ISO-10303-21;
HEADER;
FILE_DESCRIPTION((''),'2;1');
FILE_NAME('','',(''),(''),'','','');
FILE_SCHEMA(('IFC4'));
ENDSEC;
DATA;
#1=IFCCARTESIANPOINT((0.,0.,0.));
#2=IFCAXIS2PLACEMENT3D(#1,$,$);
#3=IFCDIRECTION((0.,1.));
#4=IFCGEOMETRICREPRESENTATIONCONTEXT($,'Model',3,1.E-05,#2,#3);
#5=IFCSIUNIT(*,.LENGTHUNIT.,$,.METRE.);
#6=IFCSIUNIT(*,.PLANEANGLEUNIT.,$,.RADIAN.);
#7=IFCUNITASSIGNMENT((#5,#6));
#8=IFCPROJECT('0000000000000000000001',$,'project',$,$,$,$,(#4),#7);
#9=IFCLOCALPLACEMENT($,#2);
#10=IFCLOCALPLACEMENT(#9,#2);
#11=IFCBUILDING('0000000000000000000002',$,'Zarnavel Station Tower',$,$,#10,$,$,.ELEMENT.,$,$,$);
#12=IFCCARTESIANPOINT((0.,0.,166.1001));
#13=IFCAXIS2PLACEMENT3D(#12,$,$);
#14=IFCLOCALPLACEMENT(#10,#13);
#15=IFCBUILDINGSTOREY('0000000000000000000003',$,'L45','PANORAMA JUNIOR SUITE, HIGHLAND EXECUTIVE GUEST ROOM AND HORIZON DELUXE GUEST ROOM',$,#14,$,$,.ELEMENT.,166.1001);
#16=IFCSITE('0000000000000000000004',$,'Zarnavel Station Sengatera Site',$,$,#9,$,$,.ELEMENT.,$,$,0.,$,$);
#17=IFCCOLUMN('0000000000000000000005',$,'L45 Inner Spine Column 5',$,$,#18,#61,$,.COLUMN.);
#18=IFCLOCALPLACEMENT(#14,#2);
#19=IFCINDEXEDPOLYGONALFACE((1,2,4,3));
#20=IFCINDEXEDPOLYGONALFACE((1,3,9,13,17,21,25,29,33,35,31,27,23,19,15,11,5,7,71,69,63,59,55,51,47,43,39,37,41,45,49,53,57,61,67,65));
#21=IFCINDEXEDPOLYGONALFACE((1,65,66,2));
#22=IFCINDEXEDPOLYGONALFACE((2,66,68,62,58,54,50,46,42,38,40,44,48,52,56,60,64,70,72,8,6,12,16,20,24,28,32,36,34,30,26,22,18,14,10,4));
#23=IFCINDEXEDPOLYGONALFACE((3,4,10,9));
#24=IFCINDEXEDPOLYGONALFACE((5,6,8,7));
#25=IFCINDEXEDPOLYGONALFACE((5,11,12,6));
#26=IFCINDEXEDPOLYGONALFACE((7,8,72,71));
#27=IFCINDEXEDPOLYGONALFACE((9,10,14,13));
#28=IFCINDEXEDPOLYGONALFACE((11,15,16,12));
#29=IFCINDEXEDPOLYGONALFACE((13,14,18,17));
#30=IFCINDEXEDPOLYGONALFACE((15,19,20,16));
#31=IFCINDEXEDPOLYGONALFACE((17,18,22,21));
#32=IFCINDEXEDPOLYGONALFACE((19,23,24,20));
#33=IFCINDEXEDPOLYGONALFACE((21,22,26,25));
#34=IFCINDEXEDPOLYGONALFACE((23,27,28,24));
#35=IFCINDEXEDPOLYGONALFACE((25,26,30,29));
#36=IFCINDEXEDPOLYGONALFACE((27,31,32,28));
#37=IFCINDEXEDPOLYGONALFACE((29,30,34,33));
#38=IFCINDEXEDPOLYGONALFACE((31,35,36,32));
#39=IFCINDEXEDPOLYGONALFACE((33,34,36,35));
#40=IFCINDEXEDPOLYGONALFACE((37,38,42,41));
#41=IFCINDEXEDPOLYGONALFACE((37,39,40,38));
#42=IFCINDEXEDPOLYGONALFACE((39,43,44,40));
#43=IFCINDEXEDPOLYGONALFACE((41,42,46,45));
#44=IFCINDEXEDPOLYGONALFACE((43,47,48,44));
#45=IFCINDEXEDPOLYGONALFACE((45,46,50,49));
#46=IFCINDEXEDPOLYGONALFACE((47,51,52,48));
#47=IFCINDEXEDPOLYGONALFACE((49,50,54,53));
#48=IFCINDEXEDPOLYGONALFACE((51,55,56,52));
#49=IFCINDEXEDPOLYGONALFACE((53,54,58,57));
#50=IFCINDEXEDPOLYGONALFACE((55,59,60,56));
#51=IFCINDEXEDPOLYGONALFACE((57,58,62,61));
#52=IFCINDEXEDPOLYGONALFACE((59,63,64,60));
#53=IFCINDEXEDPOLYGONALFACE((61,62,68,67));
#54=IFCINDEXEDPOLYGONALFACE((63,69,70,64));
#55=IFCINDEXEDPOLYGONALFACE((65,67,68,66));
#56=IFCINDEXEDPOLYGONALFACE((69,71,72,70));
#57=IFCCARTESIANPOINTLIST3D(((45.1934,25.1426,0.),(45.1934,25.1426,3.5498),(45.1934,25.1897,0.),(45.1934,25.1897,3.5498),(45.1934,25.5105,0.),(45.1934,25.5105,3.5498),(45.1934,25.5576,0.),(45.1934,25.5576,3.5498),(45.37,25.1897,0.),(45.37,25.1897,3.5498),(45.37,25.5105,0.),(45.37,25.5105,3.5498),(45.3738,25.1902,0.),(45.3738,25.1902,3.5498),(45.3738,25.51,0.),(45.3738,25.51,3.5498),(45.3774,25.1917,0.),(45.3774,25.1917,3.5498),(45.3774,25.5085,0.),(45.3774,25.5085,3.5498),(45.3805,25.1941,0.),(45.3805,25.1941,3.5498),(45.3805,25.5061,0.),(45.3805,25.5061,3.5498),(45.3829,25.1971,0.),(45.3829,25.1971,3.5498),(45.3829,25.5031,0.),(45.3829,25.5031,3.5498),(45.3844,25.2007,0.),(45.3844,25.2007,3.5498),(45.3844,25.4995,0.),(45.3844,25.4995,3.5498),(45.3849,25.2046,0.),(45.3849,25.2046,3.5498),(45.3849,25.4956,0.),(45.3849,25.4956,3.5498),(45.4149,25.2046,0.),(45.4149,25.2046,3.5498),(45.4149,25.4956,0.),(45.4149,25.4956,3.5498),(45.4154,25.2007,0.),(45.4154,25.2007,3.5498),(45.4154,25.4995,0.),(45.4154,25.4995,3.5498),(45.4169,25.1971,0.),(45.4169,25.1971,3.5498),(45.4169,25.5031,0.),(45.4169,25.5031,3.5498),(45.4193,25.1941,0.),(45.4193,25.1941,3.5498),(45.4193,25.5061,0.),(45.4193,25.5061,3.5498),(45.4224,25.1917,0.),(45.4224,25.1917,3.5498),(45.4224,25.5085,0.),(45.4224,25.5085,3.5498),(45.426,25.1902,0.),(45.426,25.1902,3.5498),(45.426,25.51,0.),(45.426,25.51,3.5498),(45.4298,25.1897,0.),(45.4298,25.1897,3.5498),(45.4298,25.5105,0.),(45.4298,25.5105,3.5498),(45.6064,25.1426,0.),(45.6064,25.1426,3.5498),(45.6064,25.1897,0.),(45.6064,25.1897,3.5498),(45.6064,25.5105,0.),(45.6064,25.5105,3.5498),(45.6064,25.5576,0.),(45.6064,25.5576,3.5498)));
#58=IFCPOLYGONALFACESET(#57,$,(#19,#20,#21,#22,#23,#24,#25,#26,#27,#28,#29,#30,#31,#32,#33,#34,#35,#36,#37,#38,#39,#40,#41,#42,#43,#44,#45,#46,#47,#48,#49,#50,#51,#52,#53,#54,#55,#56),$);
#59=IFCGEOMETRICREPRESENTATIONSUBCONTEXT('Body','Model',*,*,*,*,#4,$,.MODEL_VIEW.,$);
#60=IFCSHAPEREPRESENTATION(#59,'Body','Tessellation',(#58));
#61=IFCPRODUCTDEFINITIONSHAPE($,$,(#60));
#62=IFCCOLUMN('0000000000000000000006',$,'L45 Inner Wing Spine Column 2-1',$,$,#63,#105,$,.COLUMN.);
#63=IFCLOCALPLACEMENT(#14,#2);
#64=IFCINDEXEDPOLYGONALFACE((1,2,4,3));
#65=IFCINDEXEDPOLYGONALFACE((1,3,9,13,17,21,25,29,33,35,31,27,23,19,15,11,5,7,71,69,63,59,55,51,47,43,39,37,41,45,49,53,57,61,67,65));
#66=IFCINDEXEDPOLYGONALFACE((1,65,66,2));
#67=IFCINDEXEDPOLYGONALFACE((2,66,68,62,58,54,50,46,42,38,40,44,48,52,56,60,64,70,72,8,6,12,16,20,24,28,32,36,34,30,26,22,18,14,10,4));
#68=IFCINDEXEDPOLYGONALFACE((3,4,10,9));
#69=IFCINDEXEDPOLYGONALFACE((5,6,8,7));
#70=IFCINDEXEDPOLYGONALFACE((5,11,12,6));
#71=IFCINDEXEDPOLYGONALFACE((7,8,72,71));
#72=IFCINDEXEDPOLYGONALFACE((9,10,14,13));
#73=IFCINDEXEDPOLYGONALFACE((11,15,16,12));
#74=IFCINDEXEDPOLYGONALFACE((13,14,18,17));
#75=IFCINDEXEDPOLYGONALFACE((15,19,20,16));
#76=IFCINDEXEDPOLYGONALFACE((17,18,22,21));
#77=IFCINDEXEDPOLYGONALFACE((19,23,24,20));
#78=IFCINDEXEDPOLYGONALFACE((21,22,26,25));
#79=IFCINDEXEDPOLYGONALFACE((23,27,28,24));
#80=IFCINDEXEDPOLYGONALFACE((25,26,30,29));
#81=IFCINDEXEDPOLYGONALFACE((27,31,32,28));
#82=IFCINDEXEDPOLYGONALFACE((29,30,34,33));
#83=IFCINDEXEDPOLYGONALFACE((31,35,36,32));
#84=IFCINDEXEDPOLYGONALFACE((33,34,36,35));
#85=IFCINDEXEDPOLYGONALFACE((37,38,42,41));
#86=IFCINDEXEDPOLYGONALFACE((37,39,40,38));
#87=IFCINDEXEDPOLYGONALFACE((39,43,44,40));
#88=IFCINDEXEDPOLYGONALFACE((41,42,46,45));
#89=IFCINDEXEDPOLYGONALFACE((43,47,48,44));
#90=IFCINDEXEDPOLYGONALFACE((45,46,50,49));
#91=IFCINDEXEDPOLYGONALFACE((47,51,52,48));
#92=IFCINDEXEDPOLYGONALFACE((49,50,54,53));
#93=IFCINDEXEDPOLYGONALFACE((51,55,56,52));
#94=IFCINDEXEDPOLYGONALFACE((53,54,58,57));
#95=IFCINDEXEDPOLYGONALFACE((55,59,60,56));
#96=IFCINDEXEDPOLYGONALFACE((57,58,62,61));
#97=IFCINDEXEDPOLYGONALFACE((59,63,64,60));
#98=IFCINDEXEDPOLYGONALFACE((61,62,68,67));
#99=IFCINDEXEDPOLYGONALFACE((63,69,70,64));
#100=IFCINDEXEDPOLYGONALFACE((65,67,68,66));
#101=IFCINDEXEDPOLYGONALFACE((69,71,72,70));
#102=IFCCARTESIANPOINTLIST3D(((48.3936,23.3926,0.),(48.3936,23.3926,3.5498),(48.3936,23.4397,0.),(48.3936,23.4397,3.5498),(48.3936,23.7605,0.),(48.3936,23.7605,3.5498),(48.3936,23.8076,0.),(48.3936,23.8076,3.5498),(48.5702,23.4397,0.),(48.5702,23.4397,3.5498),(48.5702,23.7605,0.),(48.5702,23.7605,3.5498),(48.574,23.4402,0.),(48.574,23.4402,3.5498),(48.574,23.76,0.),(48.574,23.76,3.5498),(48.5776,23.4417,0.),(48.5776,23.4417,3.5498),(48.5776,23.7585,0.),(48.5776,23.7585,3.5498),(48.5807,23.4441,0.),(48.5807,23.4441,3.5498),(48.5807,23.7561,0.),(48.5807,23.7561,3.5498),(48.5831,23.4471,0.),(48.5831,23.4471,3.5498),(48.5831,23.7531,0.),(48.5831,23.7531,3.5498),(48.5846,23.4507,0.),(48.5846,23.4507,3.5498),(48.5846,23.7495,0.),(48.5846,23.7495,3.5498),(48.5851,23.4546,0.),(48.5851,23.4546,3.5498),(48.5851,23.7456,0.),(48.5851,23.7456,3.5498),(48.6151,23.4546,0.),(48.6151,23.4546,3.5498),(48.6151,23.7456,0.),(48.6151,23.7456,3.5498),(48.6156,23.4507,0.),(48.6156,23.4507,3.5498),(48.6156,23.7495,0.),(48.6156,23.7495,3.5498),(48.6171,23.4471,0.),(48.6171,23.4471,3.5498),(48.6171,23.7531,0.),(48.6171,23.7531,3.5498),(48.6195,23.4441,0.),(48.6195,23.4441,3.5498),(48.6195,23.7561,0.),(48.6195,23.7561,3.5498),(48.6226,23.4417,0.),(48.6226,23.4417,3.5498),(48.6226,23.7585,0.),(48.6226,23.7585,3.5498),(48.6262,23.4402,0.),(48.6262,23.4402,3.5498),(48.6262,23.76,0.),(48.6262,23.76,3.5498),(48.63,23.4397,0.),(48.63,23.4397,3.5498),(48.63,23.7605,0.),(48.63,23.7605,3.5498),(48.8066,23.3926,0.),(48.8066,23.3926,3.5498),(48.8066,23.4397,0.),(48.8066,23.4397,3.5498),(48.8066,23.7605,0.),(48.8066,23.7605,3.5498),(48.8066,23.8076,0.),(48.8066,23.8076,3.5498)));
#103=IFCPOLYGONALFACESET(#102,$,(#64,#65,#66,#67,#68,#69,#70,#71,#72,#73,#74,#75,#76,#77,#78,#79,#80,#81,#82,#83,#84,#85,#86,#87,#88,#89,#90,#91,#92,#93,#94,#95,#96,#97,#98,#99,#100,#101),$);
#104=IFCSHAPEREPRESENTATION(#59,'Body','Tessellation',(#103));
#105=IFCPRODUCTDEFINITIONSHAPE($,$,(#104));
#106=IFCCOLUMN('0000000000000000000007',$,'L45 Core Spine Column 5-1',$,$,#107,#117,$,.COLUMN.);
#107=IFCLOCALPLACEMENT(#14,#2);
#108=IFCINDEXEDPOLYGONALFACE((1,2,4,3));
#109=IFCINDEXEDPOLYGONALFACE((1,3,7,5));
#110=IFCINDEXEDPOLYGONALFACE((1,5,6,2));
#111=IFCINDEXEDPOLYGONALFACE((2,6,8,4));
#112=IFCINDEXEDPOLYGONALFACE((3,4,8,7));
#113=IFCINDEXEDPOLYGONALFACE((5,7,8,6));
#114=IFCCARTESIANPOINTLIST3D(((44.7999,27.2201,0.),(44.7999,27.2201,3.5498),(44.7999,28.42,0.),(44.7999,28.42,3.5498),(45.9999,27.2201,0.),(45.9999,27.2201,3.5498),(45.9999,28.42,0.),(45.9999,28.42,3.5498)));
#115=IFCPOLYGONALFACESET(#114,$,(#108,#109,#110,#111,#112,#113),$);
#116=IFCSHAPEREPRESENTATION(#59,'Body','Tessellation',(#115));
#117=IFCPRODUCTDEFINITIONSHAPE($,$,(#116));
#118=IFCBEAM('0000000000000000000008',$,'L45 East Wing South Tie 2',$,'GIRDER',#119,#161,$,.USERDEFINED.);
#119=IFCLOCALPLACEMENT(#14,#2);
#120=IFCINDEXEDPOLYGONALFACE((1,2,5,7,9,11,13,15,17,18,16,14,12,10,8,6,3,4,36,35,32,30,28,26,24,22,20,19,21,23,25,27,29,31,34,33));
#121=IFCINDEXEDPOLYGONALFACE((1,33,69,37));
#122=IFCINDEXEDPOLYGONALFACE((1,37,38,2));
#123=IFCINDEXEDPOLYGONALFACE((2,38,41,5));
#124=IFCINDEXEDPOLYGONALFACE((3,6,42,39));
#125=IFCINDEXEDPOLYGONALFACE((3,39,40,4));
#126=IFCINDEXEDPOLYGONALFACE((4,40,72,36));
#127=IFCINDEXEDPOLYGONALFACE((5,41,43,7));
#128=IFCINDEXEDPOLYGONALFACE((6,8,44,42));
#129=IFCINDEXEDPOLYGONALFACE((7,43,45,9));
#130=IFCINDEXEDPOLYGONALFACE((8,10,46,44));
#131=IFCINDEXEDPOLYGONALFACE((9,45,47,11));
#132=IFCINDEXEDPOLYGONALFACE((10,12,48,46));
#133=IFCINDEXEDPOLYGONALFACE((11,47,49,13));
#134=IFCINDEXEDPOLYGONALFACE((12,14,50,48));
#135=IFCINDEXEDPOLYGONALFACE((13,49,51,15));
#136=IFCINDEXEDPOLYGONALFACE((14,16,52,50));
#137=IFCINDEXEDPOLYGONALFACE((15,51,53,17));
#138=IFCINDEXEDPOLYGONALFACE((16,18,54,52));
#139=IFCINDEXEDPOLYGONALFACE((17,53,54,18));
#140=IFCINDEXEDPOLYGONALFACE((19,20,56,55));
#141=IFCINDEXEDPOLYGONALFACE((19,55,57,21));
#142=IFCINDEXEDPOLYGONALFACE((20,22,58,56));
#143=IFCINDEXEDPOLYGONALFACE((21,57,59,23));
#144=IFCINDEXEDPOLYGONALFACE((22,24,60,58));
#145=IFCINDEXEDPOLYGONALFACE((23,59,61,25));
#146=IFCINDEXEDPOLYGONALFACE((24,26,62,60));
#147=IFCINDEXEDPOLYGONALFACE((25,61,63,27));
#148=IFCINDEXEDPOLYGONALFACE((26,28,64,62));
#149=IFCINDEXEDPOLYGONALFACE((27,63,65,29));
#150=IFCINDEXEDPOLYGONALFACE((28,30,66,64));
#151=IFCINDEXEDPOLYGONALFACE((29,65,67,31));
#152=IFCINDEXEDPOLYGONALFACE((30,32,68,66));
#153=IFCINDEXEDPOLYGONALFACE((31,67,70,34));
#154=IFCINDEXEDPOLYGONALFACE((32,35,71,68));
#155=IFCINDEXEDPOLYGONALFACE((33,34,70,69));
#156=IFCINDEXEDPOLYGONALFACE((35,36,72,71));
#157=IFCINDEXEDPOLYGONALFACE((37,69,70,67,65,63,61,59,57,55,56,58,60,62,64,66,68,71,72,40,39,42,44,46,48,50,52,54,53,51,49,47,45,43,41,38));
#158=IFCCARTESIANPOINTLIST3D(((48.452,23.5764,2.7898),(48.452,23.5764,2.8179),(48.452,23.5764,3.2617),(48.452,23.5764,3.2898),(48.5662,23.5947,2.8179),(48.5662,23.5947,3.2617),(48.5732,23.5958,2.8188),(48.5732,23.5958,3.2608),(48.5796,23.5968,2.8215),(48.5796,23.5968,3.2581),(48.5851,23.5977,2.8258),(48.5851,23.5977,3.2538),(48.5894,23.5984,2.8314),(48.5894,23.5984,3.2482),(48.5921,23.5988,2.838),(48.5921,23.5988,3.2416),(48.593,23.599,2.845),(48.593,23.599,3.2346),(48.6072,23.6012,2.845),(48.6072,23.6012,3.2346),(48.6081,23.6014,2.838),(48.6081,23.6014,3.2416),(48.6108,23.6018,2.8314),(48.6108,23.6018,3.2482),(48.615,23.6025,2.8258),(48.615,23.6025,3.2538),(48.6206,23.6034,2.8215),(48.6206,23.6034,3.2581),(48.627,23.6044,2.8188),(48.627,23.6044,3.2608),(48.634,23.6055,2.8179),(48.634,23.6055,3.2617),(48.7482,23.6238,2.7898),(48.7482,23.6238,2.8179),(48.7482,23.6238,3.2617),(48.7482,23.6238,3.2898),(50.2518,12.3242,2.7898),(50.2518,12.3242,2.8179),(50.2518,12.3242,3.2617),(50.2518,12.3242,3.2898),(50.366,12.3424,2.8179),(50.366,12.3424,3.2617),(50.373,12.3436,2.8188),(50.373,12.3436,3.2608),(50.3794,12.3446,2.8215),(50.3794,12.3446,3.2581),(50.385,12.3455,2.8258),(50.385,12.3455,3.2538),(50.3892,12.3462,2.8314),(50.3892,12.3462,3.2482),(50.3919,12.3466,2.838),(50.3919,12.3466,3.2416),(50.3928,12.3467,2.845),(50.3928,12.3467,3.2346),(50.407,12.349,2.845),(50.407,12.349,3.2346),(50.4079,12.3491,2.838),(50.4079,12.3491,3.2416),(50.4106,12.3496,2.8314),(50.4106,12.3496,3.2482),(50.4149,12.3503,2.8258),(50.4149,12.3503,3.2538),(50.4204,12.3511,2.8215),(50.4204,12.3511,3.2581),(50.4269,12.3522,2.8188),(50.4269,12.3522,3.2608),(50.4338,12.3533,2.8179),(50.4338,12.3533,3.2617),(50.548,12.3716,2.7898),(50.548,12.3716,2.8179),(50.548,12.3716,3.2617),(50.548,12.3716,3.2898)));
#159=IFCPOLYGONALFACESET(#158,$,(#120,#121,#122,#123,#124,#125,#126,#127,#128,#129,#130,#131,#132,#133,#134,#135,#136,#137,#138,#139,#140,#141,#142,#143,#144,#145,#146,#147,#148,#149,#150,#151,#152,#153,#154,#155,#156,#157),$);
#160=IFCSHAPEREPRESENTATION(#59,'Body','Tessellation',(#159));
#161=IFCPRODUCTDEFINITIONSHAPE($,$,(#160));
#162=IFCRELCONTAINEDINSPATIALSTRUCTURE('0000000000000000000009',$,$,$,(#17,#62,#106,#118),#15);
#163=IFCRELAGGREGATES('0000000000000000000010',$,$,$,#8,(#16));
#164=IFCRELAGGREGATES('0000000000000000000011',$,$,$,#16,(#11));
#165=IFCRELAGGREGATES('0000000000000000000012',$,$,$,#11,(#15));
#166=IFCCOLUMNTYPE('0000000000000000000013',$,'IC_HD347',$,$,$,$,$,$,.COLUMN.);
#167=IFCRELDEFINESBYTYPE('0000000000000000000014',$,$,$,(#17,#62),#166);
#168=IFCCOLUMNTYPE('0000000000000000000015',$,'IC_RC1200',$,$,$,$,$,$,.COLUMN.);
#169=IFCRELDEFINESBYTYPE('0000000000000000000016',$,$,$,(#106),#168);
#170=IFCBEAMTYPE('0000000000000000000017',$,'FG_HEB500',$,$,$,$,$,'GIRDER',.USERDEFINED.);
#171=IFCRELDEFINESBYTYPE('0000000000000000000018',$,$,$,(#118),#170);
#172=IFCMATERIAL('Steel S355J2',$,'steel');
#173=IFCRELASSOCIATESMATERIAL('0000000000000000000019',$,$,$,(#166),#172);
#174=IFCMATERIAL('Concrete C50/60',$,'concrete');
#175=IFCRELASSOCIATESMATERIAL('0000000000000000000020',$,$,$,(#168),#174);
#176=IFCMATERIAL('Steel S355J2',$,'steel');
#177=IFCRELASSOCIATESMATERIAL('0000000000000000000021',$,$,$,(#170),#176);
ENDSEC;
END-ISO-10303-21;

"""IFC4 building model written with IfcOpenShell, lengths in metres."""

from ifc_helpers import new_model, si_unit, direction, frame, origin, origin_2d, place, context, subcontext, project, spatial, rectangle, i_section, extrude, material, material_profile, profile_set, type_object, element, save


model = new_model("IFC4")

# Units and contexts
model_context = context("Model", 3, precision=1e-05, world=origin(), true_north=direction((0.0, 1.0)))
body_context = subcontext(model_context, "Body", "Model", "MODEL_VIEW")
ifc_project = project(units=[si_unit("LENGTHUNIT", "METRE"), si_unit("PLANEANGLEUNIT", "RADIAN")], contexts=[model_context])

# Site, building, storey
site_placement = place(None, origin())
site = spatial("IfcSite", under=ifc_project, at=site_placement, Name="Zarnavel Station Sengatera Site", CompositionType="ELEMENT", RefElevation=0.0)
building_placement = place(site_placement, origin())
building = spatial("IfcBuilding", under=site, at=building_placement, Name="Zarnavel Station Tower", CompositionType="ELEMENT")
storey_placement = place(building_placement, frame((0.0, 0.0, 166.1001)))
storey = spatial("IfcBuildingStorey", under=building, at=storey_placement, Name="L45", Description="PANORAMA JUNIOR SUITE, HIGHLAND EXECUTIVE GUEST ROOM AND HORIZON DELUXE GUEST ROOM", CompositionType="ELEMENT", Elevation=166.1001)

# Columns
ifc_material_1 = material(Name="Steel S355J2", Category="steel")
ifc_material_profile_1 = material_profile(ifc_material_1, i_section(OverallWidth=0.4131, OverallDepth=0.415, WebThickness=0.03, FlangeThickness=0.0471, FilletRadius=0.0149, at=origin_2d()), Name="HD400x347")
ifc_profile_set_1 = profile_set([ifc_material_profile_1], Name="Steel S355J2")
column_type_1 = type_object("IfcColumnType", Name="IC_HD347", PredefinedType="COLUMN", material=ifc_profile_set_1)
for number, where, z_axis, x_axis, name in (
    (1, (45.3999, 25.3501, 0.0), (0.0, 0.0, 1.0), (1.0, 0.0, 0.0), "L45 Inner Spine Column 5"),
    (2, (48.6001, 23.6001, 0.0), (0.0, 0.0, 1.0), (1.0, 0.0, 0.0), "L45 Inner Wing Spine Column 2-1"),
):
    element("IfcColumn", number, at=place(storey_placement, frame(where, z_axis=z_axis, x_axis=x_axis)), inside=storey, type_object=column_type_1, Name=name, PredefinedType="COLUMN", context=body_context, shape_type="SweptSolid", body=[
        extrude(i_section(OverallWidth=0.4131, OverallDepth=0.415, WebThickness=0.03, FlangeThickness=0.0471, FilletRadius=0.0149, at=origin_2d()), origin(), (0.0, 0.0, 1.0), 3.5498),
    ])
ifc_material_2 = material(Name="Concrete C50/60", Category="concrete")
ifc_material_profile_2 = material_profile(ifc_material_2, rectangle(XDim=1.2, YDim=1.2, at=origin_2d()), Name="RC1200x1200")
ifc_profile_set_2 = profile_set([ifc_material_profile_2], Name="Concrete C50/60")
column_type_2 = type_object("IfcColumnType", Name="IC_RC1200", PredefinedType="COLUMN", material=ifc_profile_set_2)
column_placement = place(storey_placement, frame((45.3999, 27.8201, 0.0), z_axis=(0.0, 0.0, 1.0), x_axis=(1.0, 0.0, 0.0)))
element("IfcColumn", 3, at=column_placement, inside=storey, type_object=column_type_2, Name="L45 Core Spine Column 5-1", PredefinedType="COLUMN", context=body_context, shape_type="SweptSolid", body=[
    extrude(rectangle(XDim=1.2, YDim=1.2, at=origin_2d()), origin(), (0.0, 0.0, 1.0), 3.5498),
])

# Beam
ifc_material_3 = material(Name="Steel S355J2", Category="steel")
ifc_material_profile_3 = material_profile(ifc_material_3, i_section(OverallWidth=0.3, OverallDepth=0.5, WebThickness=0.0144, FlangeThickness=0.0281, FilletRadius=0.0271, at=origin_2d()), Name="HEB500")
ifc_profile_set_3 = profile_set([ifc_material_profile_3], Name="Steel S355J2")
beam_type_1 = type_object("IfcBeamType", Name="FG_HEB500", ElementType="GIRDER", PredefinedType="USERDEFINED", material=ifc_profile_set_3)
beam_1_placement = place(storey_placement, frame((48.6001, 23.6001, 3.0398), z_axis=(0.157944, -0.987448, 0.0), x_axis=(0.987448, 0.157944, 0.0)))
element("IfcBeam", 4, at=beam_1_placement, inside=storey, type_object=beam_type_1, Name="L45 East Wing South Tie 2", ObjectType="GIRDER", PredefinedType="USERDEFINED", context=body_context, shape_type="SweptSolid", body=[
    extrude(i_section(OverallWidth=0.3, OverallDepth=0.5, WebThickness=0.0144, FlangeThickness=0.0281, FilletRadius=0.0271, at=origin_2d()), origin(), (0.0, 0.0, 1.0), 11.3953),
])

save(model, "model.ifc")
